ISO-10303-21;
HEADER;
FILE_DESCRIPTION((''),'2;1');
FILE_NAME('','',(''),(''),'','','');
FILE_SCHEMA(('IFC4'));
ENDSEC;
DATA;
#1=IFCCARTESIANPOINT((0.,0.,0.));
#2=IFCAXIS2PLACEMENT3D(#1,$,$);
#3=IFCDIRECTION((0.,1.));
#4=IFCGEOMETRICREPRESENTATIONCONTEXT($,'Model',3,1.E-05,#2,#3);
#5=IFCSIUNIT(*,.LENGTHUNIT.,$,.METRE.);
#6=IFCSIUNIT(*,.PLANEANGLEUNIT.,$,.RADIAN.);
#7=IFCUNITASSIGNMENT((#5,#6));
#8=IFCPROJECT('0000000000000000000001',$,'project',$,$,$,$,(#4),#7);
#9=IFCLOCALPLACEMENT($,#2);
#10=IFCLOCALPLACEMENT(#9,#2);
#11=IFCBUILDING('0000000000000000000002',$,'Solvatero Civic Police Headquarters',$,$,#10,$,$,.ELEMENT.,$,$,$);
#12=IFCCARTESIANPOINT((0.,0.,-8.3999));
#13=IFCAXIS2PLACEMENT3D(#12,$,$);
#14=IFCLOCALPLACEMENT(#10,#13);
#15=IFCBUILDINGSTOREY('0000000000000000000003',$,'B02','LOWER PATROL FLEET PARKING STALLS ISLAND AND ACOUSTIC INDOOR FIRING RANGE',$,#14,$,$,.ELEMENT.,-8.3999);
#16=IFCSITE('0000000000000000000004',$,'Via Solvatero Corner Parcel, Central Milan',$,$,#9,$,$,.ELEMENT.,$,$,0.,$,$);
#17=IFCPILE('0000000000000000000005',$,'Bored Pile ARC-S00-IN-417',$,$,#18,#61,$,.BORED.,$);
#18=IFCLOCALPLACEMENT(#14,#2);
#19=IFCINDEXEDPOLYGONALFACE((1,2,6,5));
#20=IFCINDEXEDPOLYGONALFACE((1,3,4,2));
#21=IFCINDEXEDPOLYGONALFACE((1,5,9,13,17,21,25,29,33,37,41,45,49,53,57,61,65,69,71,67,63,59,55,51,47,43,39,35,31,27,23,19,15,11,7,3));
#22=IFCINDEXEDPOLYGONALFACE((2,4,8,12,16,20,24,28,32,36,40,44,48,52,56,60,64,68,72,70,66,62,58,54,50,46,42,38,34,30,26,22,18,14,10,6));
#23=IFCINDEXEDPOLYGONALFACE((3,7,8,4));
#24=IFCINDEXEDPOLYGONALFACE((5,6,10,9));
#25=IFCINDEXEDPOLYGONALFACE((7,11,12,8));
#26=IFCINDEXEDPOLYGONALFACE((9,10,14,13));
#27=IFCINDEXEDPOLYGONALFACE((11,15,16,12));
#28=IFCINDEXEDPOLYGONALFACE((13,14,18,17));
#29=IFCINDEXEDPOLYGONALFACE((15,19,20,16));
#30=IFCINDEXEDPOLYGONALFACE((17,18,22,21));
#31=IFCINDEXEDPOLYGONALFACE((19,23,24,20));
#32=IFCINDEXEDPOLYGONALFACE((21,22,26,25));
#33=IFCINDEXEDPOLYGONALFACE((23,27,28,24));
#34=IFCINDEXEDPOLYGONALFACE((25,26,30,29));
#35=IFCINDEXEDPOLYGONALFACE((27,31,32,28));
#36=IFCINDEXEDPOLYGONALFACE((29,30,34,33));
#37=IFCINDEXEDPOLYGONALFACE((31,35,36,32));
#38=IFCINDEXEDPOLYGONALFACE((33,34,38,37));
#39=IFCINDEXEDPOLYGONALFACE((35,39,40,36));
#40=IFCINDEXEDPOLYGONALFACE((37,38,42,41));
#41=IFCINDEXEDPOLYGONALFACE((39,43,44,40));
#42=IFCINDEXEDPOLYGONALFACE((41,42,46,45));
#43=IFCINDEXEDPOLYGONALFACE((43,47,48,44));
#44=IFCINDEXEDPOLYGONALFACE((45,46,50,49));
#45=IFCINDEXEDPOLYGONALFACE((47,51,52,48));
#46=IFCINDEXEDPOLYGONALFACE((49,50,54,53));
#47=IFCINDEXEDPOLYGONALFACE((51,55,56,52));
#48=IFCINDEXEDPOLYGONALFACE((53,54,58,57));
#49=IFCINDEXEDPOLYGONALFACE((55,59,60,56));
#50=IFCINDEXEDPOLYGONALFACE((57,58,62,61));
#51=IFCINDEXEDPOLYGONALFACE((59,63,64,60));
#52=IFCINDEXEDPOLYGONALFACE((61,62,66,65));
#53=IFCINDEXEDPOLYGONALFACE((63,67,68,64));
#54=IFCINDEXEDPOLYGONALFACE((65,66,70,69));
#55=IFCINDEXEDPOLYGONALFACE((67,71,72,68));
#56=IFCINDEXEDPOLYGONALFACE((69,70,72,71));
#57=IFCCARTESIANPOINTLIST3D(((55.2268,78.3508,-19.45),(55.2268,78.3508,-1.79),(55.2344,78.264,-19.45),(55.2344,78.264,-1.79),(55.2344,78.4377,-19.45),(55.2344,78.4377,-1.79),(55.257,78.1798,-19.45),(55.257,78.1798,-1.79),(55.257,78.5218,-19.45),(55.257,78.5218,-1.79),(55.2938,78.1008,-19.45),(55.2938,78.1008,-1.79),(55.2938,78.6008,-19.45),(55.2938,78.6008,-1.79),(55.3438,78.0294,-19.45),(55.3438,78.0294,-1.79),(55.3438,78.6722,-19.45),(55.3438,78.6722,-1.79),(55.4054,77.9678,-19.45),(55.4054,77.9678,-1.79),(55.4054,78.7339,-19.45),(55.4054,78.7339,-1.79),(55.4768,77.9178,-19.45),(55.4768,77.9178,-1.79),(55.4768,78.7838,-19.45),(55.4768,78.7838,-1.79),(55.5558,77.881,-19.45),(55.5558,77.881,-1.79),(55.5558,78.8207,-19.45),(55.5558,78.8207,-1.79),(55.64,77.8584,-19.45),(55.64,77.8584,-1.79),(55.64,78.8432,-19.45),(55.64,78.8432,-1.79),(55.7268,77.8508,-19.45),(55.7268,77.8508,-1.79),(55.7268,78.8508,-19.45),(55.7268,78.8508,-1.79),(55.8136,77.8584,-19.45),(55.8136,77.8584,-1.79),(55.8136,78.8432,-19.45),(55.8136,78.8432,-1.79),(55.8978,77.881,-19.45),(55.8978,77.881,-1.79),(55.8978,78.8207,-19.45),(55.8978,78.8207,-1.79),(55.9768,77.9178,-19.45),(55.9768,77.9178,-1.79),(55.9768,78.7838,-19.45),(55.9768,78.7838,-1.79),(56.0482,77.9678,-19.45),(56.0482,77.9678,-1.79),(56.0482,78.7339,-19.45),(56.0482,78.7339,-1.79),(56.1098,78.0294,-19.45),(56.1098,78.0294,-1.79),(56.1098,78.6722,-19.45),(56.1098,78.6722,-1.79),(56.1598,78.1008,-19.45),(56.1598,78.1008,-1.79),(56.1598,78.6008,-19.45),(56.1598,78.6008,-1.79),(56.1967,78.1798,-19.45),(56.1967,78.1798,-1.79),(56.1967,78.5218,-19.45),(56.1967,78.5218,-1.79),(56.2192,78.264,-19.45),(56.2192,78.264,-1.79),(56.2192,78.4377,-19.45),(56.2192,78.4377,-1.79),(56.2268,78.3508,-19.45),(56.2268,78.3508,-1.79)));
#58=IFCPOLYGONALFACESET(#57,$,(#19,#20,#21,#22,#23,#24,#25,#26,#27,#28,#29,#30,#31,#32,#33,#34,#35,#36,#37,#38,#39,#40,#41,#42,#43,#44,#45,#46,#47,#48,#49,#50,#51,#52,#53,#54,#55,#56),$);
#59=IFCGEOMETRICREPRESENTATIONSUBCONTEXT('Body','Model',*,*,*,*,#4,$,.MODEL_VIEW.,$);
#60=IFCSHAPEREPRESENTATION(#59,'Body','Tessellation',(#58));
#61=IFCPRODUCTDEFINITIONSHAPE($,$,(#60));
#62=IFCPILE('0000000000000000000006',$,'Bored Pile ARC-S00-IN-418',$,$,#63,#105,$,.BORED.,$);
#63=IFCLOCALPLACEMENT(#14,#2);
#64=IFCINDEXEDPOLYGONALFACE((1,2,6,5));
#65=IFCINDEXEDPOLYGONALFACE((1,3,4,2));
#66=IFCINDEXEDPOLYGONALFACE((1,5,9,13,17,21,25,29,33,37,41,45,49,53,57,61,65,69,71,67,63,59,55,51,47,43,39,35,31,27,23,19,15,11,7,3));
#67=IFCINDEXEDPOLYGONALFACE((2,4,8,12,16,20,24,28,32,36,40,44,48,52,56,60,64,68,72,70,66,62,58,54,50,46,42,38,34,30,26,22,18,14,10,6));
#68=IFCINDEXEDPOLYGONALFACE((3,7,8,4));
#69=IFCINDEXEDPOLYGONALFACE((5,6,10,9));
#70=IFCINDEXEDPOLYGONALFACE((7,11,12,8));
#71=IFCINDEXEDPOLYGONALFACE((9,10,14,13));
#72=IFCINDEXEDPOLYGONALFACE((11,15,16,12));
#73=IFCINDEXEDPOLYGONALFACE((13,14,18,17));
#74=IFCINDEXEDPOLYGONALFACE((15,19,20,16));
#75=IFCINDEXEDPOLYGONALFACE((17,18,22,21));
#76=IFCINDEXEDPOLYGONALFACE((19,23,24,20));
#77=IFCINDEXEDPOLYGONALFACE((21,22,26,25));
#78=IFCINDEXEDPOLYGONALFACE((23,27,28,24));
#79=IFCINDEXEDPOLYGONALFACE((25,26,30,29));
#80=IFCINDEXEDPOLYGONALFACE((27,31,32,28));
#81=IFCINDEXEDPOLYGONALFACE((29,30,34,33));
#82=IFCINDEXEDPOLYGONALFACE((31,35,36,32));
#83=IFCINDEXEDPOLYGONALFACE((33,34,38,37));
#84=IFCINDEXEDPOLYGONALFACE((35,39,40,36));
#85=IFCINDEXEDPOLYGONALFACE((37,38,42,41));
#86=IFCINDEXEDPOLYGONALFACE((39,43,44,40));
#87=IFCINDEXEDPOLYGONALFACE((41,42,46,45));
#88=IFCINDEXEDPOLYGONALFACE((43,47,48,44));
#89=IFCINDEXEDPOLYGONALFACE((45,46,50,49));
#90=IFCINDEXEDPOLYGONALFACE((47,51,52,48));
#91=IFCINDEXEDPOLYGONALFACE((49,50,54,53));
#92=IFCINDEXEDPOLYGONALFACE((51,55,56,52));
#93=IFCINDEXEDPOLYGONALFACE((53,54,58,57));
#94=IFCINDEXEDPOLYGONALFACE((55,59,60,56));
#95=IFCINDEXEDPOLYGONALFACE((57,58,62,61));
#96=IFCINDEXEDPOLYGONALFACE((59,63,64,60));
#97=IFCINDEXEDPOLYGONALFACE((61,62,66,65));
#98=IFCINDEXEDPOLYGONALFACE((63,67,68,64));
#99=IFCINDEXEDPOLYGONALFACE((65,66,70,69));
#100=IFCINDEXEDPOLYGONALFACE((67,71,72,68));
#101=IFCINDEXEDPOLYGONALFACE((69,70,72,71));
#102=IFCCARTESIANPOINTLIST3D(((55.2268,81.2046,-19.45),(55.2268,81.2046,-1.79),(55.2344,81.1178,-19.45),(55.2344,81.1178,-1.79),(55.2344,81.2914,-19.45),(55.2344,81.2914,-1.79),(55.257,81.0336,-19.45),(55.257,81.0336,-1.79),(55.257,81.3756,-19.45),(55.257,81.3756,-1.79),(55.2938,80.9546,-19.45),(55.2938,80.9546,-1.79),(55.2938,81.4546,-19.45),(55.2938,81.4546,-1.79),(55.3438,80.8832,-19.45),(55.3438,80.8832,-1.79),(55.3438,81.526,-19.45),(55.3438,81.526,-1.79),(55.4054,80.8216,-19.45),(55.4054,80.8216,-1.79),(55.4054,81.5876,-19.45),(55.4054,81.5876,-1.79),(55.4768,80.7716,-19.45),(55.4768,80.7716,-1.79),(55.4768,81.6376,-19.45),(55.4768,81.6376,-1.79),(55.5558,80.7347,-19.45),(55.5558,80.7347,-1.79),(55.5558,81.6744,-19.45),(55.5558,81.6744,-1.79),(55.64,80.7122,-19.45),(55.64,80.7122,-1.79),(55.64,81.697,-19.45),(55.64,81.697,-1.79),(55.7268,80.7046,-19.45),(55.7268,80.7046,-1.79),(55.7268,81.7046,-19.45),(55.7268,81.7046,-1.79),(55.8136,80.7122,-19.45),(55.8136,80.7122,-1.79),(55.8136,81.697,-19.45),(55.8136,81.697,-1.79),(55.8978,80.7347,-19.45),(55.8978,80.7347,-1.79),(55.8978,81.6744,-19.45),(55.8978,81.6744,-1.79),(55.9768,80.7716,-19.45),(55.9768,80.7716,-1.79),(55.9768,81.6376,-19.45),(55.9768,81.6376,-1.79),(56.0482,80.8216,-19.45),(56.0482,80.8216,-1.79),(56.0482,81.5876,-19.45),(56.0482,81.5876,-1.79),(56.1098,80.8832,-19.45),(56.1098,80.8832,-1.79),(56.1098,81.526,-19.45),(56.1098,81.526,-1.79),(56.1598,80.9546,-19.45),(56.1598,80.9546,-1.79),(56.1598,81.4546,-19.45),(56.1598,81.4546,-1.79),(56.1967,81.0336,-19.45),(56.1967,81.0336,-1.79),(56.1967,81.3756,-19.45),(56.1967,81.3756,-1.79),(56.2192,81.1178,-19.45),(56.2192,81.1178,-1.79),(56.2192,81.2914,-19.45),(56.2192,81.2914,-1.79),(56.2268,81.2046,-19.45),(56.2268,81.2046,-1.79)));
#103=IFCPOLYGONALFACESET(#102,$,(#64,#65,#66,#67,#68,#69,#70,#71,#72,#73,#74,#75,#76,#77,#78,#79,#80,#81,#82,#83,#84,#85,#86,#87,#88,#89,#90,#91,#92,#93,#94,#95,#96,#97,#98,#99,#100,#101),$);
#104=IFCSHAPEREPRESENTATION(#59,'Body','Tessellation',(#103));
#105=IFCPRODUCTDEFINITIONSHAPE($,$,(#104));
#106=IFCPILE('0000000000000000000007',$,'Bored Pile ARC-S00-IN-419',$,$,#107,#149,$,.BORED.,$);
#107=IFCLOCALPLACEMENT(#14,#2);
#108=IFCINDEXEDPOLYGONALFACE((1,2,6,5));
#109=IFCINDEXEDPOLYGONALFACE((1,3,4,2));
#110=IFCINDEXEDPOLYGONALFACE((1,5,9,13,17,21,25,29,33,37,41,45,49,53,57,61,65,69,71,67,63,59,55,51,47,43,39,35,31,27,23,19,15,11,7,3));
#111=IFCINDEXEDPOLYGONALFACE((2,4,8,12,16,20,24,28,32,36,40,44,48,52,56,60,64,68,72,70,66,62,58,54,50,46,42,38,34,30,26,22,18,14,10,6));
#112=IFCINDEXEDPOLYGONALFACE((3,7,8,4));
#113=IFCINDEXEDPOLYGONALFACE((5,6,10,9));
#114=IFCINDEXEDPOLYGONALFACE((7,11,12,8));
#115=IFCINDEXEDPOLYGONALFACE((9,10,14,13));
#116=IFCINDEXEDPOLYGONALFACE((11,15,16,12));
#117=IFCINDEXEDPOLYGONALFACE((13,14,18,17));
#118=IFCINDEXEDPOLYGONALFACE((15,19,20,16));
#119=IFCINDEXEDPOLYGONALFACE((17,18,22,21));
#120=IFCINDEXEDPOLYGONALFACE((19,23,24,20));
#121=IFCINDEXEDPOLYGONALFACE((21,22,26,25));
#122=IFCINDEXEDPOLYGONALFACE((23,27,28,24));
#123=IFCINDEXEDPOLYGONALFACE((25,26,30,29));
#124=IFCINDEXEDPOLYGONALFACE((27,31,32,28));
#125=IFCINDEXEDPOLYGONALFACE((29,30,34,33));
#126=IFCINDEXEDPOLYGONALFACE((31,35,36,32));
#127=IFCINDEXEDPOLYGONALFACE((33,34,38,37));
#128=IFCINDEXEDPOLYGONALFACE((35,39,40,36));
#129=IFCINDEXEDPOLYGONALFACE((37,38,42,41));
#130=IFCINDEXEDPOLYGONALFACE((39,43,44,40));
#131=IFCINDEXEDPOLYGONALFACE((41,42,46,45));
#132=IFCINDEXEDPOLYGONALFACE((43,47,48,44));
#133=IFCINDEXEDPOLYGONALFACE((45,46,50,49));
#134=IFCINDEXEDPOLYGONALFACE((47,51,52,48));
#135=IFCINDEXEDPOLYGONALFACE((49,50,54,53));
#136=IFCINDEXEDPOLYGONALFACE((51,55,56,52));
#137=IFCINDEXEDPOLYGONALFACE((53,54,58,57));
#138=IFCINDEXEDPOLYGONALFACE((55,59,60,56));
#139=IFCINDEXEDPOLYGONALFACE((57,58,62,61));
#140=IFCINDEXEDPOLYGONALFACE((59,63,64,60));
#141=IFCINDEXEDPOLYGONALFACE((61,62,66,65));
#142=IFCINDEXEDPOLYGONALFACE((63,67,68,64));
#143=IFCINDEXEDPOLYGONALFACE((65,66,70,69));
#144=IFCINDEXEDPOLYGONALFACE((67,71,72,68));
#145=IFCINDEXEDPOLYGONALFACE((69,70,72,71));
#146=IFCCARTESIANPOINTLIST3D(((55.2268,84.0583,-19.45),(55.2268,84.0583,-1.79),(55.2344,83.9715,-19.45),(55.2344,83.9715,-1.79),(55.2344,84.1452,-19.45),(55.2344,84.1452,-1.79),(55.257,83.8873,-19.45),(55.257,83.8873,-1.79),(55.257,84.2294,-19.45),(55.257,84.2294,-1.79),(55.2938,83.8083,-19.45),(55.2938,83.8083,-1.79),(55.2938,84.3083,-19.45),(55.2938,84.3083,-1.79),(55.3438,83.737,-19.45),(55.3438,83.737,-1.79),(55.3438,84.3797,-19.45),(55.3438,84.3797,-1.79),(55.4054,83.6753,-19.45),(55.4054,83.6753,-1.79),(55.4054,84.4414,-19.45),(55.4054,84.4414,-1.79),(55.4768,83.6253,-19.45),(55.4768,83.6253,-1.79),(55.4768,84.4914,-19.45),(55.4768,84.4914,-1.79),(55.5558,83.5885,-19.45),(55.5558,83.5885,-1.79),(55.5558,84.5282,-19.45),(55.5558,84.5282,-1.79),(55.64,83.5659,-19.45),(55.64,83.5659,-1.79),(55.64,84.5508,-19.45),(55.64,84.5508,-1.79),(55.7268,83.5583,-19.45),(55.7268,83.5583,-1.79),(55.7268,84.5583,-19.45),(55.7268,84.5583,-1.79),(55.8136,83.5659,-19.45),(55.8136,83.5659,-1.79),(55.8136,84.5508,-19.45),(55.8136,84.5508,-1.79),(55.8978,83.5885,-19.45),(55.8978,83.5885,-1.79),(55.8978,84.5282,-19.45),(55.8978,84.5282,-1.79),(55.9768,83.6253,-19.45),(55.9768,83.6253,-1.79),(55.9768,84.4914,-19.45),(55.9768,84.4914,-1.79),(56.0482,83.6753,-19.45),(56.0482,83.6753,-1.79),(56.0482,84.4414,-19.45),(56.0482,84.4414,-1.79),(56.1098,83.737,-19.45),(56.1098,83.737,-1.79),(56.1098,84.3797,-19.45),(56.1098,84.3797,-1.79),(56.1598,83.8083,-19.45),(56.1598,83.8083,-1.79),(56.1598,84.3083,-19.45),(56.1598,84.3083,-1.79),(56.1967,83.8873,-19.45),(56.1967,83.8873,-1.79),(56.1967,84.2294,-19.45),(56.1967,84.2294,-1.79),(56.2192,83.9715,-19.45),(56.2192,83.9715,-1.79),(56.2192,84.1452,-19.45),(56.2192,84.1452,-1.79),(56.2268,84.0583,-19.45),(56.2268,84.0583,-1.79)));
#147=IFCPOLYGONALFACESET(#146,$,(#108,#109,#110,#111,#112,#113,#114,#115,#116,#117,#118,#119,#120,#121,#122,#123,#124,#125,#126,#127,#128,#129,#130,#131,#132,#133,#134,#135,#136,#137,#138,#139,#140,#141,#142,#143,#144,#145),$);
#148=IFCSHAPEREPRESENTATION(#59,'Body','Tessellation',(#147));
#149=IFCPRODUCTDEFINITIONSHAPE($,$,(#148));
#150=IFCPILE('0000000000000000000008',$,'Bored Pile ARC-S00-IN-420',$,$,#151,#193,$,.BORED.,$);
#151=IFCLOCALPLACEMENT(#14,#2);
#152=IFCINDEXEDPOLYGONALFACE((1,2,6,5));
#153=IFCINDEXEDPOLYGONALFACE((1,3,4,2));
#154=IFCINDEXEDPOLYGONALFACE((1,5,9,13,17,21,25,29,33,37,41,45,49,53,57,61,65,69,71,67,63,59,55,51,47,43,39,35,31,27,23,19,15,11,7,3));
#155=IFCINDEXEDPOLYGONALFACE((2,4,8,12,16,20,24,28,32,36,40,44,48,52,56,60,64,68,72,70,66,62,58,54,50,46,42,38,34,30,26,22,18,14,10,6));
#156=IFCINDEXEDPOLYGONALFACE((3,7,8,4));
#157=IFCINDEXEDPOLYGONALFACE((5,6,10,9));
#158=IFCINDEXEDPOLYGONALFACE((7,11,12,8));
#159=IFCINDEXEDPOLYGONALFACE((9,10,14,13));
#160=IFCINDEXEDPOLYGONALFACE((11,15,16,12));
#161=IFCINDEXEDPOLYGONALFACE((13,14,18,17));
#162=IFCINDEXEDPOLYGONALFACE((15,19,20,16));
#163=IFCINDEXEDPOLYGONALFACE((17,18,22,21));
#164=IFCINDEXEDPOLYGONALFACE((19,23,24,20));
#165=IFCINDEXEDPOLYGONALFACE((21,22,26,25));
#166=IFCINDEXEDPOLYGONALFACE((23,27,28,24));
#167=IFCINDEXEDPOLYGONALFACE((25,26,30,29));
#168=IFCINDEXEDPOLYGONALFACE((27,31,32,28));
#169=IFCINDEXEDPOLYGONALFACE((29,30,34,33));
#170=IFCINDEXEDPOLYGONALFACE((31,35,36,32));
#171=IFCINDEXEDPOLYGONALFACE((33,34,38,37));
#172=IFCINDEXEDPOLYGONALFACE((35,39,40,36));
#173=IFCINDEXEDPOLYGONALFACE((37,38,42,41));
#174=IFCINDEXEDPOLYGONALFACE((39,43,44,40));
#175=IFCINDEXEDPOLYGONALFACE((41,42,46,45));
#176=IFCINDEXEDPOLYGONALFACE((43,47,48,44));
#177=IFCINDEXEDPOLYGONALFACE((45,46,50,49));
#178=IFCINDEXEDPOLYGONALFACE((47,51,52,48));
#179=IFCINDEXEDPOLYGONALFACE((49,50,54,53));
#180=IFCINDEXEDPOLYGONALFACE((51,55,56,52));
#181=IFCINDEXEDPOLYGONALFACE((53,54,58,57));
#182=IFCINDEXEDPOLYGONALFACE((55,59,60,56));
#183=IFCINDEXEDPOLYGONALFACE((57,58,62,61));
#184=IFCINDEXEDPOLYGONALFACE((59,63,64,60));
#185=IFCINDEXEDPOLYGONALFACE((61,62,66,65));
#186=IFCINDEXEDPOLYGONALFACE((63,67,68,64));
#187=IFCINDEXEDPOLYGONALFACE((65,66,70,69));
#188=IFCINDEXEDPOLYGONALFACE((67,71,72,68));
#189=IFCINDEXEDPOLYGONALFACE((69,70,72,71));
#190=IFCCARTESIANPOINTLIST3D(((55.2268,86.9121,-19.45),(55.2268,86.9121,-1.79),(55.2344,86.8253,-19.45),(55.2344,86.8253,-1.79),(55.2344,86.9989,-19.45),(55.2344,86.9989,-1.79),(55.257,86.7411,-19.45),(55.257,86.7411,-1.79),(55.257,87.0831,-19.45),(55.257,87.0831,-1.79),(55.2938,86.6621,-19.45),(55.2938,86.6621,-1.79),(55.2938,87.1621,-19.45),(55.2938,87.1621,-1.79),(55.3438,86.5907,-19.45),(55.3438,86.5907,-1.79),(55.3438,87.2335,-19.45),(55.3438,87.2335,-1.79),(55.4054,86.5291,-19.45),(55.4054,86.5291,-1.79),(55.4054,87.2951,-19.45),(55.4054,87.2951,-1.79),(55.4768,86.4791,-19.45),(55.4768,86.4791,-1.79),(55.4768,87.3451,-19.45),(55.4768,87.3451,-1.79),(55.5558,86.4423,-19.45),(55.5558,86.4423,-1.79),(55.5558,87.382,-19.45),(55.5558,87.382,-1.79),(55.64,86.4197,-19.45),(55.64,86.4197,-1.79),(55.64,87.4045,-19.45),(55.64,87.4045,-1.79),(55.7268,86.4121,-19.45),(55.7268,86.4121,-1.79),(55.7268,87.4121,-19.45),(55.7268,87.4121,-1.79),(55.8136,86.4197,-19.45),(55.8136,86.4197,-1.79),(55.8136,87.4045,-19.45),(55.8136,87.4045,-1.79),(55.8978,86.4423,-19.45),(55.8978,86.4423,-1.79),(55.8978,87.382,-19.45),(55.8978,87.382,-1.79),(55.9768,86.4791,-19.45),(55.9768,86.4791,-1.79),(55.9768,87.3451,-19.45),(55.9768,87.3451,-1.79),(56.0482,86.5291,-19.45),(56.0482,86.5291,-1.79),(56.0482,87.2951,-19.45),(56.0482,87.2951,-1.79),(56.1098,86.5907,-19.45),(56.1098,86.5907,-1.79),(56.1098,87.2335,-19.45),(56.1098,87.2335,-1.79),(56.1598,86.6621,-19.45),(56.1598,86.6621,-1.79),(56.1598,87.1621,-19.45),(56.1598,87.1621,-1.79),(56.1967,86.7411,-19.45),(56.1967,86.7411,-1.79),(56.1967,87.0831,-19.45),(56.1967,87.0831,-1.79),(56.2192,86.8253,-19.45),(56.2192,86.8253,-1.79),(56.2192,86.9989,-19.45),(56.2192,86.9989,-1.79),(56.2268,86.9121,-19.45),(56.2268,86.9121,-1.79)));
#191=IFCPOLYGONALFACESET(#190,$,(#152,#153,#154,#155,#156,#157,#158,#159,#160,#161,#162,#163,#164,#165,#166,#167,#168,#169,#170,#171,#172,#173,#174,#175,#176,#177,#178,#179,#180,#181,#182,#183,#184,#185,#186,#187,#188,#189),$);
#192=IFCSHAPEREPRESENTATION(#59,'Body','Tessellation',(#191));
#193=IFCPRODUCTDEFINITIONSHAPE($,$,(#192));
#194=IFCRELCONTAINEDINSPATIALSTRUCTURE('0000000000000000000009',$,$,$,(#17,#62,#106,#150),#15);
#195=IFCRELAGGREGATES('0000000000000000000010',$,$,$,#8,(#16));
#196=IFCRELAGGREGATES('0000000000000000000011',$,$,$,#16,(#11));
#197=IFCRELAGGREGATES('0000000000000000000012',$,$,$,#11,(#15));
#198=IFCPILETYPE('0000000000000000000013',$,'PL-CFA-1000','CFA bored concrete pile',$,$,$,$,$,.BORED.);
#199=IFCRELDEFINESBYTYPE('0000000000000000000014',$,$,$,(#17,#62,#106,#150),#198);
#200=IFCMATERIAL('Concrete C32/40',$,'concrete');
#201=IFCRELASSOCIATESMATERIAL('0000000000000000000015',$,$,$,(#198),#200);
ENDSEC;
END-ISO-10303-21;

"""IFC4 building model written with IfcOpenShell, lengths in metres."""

from ifc_helpers import new_model, si_unit, direction, frame, origin, origin_2d, place, context, subcontext, project, spatial, circle, extrude, material, material_profile, profile_set, type_object, element, save


model = new_model("IFC4")

# Units and contexts
model_context = context("Model", 3, precision=1e-05, world=origin(), true_north=direction((0.0, 1.0)))
body_context = subcontext(model_context, "Body", "Model", "MODEL_VIEW")
ifc_project = project(units=[si_unit("LENGTHUNIT", "METRE"), si_unit("PLANEANGLEUNIT", "RADIAN")], contexts=[model_context])

# Site, building, storey
site_placement = place(None, origin())
site = spatial("IfcSite", under=ifc_project, at=site_placement, Name="Via Solvatero Corner Parcel, Central Milan", CompositionType="ELEMENT", RefElevation=0.0)
building_placement = place(site_placement, origin())
building = spatial("IfcBuilding", under=site, at=building_placement, Name="Solvatero Civic Police Headquarters", CompositionType="ELEMENT")
storey_placement = place(building_placement, frame((0.0, 0.0, -8.3999)))
storey = spatial("IfcBuildingStorey", under=building, at=storey_placement, Name="B02", Description="LOWER PATROL FLEET PARKING STALLS ISLAND AND ACOUSTIC INDOOR FIRING RANGE", CompositionType="ELEMENT", Elevation=-8.3999)

# Piles
ifc_material_1 = material(Name="Concrete C32/40", Category="concrete")
ifc_material_profile_1 = material_profile(ifc_material_1, circle(Radius=0.5, at=origin_2d()), Name="CFA PILE D1000")
ifc_profile_set_1 = profile_set([ifc_material_profile_1], Name="Concrete C32/40")
pile_type_1 = type_object("IfcPileType", Name="PL-CFA-1000", Description="CFA bored concrete pile", PredefinedType="BORED", material=ifc_profile_set_1)
for number, where, z_axis, x_axis, name in (
    (1, (55.7268, 78.3508, -1.79), (0.0, 0.0, -1.0), (1.0, 0.0, 0.0), "Bored Pile ARC-S00-IN-417"),
    (2, (55.7268, 81.2046, -1.79), (0.0, 0.0, -1.0), (1.0, 0.0, 0.0), "Bored Pile ARC-S00-IN-418"),
    (3, (55.7268, 84.0583, -1.79), (0.0, 0.0, -1.0), (1.0, 0.0, 0.0), "Bored Pile ARC-S00-IN-419"),
    (4, (55.7268, 86.9121, -1.79), (0.0, 0.0, -1.0), (1.0, 0.0, 0.0), "Bored Pile ARC-S00-IN-420"),
):
    element("IfcPile", number, at=place(storey_placement, frame(where, z_axis=z_axis, x_axis=x_axis)), inside=storey, type_object=pile_type_1, Name=name, PredefinedType="BORED", context=body_context, shape_type="SweptSolid", body=[
        extrude(circle(Radius=0.5, at=origin_2d()), origin(), (0.0, 0.0, 1.0), 17.6599),
    ])

save(model, "model.ifc")
